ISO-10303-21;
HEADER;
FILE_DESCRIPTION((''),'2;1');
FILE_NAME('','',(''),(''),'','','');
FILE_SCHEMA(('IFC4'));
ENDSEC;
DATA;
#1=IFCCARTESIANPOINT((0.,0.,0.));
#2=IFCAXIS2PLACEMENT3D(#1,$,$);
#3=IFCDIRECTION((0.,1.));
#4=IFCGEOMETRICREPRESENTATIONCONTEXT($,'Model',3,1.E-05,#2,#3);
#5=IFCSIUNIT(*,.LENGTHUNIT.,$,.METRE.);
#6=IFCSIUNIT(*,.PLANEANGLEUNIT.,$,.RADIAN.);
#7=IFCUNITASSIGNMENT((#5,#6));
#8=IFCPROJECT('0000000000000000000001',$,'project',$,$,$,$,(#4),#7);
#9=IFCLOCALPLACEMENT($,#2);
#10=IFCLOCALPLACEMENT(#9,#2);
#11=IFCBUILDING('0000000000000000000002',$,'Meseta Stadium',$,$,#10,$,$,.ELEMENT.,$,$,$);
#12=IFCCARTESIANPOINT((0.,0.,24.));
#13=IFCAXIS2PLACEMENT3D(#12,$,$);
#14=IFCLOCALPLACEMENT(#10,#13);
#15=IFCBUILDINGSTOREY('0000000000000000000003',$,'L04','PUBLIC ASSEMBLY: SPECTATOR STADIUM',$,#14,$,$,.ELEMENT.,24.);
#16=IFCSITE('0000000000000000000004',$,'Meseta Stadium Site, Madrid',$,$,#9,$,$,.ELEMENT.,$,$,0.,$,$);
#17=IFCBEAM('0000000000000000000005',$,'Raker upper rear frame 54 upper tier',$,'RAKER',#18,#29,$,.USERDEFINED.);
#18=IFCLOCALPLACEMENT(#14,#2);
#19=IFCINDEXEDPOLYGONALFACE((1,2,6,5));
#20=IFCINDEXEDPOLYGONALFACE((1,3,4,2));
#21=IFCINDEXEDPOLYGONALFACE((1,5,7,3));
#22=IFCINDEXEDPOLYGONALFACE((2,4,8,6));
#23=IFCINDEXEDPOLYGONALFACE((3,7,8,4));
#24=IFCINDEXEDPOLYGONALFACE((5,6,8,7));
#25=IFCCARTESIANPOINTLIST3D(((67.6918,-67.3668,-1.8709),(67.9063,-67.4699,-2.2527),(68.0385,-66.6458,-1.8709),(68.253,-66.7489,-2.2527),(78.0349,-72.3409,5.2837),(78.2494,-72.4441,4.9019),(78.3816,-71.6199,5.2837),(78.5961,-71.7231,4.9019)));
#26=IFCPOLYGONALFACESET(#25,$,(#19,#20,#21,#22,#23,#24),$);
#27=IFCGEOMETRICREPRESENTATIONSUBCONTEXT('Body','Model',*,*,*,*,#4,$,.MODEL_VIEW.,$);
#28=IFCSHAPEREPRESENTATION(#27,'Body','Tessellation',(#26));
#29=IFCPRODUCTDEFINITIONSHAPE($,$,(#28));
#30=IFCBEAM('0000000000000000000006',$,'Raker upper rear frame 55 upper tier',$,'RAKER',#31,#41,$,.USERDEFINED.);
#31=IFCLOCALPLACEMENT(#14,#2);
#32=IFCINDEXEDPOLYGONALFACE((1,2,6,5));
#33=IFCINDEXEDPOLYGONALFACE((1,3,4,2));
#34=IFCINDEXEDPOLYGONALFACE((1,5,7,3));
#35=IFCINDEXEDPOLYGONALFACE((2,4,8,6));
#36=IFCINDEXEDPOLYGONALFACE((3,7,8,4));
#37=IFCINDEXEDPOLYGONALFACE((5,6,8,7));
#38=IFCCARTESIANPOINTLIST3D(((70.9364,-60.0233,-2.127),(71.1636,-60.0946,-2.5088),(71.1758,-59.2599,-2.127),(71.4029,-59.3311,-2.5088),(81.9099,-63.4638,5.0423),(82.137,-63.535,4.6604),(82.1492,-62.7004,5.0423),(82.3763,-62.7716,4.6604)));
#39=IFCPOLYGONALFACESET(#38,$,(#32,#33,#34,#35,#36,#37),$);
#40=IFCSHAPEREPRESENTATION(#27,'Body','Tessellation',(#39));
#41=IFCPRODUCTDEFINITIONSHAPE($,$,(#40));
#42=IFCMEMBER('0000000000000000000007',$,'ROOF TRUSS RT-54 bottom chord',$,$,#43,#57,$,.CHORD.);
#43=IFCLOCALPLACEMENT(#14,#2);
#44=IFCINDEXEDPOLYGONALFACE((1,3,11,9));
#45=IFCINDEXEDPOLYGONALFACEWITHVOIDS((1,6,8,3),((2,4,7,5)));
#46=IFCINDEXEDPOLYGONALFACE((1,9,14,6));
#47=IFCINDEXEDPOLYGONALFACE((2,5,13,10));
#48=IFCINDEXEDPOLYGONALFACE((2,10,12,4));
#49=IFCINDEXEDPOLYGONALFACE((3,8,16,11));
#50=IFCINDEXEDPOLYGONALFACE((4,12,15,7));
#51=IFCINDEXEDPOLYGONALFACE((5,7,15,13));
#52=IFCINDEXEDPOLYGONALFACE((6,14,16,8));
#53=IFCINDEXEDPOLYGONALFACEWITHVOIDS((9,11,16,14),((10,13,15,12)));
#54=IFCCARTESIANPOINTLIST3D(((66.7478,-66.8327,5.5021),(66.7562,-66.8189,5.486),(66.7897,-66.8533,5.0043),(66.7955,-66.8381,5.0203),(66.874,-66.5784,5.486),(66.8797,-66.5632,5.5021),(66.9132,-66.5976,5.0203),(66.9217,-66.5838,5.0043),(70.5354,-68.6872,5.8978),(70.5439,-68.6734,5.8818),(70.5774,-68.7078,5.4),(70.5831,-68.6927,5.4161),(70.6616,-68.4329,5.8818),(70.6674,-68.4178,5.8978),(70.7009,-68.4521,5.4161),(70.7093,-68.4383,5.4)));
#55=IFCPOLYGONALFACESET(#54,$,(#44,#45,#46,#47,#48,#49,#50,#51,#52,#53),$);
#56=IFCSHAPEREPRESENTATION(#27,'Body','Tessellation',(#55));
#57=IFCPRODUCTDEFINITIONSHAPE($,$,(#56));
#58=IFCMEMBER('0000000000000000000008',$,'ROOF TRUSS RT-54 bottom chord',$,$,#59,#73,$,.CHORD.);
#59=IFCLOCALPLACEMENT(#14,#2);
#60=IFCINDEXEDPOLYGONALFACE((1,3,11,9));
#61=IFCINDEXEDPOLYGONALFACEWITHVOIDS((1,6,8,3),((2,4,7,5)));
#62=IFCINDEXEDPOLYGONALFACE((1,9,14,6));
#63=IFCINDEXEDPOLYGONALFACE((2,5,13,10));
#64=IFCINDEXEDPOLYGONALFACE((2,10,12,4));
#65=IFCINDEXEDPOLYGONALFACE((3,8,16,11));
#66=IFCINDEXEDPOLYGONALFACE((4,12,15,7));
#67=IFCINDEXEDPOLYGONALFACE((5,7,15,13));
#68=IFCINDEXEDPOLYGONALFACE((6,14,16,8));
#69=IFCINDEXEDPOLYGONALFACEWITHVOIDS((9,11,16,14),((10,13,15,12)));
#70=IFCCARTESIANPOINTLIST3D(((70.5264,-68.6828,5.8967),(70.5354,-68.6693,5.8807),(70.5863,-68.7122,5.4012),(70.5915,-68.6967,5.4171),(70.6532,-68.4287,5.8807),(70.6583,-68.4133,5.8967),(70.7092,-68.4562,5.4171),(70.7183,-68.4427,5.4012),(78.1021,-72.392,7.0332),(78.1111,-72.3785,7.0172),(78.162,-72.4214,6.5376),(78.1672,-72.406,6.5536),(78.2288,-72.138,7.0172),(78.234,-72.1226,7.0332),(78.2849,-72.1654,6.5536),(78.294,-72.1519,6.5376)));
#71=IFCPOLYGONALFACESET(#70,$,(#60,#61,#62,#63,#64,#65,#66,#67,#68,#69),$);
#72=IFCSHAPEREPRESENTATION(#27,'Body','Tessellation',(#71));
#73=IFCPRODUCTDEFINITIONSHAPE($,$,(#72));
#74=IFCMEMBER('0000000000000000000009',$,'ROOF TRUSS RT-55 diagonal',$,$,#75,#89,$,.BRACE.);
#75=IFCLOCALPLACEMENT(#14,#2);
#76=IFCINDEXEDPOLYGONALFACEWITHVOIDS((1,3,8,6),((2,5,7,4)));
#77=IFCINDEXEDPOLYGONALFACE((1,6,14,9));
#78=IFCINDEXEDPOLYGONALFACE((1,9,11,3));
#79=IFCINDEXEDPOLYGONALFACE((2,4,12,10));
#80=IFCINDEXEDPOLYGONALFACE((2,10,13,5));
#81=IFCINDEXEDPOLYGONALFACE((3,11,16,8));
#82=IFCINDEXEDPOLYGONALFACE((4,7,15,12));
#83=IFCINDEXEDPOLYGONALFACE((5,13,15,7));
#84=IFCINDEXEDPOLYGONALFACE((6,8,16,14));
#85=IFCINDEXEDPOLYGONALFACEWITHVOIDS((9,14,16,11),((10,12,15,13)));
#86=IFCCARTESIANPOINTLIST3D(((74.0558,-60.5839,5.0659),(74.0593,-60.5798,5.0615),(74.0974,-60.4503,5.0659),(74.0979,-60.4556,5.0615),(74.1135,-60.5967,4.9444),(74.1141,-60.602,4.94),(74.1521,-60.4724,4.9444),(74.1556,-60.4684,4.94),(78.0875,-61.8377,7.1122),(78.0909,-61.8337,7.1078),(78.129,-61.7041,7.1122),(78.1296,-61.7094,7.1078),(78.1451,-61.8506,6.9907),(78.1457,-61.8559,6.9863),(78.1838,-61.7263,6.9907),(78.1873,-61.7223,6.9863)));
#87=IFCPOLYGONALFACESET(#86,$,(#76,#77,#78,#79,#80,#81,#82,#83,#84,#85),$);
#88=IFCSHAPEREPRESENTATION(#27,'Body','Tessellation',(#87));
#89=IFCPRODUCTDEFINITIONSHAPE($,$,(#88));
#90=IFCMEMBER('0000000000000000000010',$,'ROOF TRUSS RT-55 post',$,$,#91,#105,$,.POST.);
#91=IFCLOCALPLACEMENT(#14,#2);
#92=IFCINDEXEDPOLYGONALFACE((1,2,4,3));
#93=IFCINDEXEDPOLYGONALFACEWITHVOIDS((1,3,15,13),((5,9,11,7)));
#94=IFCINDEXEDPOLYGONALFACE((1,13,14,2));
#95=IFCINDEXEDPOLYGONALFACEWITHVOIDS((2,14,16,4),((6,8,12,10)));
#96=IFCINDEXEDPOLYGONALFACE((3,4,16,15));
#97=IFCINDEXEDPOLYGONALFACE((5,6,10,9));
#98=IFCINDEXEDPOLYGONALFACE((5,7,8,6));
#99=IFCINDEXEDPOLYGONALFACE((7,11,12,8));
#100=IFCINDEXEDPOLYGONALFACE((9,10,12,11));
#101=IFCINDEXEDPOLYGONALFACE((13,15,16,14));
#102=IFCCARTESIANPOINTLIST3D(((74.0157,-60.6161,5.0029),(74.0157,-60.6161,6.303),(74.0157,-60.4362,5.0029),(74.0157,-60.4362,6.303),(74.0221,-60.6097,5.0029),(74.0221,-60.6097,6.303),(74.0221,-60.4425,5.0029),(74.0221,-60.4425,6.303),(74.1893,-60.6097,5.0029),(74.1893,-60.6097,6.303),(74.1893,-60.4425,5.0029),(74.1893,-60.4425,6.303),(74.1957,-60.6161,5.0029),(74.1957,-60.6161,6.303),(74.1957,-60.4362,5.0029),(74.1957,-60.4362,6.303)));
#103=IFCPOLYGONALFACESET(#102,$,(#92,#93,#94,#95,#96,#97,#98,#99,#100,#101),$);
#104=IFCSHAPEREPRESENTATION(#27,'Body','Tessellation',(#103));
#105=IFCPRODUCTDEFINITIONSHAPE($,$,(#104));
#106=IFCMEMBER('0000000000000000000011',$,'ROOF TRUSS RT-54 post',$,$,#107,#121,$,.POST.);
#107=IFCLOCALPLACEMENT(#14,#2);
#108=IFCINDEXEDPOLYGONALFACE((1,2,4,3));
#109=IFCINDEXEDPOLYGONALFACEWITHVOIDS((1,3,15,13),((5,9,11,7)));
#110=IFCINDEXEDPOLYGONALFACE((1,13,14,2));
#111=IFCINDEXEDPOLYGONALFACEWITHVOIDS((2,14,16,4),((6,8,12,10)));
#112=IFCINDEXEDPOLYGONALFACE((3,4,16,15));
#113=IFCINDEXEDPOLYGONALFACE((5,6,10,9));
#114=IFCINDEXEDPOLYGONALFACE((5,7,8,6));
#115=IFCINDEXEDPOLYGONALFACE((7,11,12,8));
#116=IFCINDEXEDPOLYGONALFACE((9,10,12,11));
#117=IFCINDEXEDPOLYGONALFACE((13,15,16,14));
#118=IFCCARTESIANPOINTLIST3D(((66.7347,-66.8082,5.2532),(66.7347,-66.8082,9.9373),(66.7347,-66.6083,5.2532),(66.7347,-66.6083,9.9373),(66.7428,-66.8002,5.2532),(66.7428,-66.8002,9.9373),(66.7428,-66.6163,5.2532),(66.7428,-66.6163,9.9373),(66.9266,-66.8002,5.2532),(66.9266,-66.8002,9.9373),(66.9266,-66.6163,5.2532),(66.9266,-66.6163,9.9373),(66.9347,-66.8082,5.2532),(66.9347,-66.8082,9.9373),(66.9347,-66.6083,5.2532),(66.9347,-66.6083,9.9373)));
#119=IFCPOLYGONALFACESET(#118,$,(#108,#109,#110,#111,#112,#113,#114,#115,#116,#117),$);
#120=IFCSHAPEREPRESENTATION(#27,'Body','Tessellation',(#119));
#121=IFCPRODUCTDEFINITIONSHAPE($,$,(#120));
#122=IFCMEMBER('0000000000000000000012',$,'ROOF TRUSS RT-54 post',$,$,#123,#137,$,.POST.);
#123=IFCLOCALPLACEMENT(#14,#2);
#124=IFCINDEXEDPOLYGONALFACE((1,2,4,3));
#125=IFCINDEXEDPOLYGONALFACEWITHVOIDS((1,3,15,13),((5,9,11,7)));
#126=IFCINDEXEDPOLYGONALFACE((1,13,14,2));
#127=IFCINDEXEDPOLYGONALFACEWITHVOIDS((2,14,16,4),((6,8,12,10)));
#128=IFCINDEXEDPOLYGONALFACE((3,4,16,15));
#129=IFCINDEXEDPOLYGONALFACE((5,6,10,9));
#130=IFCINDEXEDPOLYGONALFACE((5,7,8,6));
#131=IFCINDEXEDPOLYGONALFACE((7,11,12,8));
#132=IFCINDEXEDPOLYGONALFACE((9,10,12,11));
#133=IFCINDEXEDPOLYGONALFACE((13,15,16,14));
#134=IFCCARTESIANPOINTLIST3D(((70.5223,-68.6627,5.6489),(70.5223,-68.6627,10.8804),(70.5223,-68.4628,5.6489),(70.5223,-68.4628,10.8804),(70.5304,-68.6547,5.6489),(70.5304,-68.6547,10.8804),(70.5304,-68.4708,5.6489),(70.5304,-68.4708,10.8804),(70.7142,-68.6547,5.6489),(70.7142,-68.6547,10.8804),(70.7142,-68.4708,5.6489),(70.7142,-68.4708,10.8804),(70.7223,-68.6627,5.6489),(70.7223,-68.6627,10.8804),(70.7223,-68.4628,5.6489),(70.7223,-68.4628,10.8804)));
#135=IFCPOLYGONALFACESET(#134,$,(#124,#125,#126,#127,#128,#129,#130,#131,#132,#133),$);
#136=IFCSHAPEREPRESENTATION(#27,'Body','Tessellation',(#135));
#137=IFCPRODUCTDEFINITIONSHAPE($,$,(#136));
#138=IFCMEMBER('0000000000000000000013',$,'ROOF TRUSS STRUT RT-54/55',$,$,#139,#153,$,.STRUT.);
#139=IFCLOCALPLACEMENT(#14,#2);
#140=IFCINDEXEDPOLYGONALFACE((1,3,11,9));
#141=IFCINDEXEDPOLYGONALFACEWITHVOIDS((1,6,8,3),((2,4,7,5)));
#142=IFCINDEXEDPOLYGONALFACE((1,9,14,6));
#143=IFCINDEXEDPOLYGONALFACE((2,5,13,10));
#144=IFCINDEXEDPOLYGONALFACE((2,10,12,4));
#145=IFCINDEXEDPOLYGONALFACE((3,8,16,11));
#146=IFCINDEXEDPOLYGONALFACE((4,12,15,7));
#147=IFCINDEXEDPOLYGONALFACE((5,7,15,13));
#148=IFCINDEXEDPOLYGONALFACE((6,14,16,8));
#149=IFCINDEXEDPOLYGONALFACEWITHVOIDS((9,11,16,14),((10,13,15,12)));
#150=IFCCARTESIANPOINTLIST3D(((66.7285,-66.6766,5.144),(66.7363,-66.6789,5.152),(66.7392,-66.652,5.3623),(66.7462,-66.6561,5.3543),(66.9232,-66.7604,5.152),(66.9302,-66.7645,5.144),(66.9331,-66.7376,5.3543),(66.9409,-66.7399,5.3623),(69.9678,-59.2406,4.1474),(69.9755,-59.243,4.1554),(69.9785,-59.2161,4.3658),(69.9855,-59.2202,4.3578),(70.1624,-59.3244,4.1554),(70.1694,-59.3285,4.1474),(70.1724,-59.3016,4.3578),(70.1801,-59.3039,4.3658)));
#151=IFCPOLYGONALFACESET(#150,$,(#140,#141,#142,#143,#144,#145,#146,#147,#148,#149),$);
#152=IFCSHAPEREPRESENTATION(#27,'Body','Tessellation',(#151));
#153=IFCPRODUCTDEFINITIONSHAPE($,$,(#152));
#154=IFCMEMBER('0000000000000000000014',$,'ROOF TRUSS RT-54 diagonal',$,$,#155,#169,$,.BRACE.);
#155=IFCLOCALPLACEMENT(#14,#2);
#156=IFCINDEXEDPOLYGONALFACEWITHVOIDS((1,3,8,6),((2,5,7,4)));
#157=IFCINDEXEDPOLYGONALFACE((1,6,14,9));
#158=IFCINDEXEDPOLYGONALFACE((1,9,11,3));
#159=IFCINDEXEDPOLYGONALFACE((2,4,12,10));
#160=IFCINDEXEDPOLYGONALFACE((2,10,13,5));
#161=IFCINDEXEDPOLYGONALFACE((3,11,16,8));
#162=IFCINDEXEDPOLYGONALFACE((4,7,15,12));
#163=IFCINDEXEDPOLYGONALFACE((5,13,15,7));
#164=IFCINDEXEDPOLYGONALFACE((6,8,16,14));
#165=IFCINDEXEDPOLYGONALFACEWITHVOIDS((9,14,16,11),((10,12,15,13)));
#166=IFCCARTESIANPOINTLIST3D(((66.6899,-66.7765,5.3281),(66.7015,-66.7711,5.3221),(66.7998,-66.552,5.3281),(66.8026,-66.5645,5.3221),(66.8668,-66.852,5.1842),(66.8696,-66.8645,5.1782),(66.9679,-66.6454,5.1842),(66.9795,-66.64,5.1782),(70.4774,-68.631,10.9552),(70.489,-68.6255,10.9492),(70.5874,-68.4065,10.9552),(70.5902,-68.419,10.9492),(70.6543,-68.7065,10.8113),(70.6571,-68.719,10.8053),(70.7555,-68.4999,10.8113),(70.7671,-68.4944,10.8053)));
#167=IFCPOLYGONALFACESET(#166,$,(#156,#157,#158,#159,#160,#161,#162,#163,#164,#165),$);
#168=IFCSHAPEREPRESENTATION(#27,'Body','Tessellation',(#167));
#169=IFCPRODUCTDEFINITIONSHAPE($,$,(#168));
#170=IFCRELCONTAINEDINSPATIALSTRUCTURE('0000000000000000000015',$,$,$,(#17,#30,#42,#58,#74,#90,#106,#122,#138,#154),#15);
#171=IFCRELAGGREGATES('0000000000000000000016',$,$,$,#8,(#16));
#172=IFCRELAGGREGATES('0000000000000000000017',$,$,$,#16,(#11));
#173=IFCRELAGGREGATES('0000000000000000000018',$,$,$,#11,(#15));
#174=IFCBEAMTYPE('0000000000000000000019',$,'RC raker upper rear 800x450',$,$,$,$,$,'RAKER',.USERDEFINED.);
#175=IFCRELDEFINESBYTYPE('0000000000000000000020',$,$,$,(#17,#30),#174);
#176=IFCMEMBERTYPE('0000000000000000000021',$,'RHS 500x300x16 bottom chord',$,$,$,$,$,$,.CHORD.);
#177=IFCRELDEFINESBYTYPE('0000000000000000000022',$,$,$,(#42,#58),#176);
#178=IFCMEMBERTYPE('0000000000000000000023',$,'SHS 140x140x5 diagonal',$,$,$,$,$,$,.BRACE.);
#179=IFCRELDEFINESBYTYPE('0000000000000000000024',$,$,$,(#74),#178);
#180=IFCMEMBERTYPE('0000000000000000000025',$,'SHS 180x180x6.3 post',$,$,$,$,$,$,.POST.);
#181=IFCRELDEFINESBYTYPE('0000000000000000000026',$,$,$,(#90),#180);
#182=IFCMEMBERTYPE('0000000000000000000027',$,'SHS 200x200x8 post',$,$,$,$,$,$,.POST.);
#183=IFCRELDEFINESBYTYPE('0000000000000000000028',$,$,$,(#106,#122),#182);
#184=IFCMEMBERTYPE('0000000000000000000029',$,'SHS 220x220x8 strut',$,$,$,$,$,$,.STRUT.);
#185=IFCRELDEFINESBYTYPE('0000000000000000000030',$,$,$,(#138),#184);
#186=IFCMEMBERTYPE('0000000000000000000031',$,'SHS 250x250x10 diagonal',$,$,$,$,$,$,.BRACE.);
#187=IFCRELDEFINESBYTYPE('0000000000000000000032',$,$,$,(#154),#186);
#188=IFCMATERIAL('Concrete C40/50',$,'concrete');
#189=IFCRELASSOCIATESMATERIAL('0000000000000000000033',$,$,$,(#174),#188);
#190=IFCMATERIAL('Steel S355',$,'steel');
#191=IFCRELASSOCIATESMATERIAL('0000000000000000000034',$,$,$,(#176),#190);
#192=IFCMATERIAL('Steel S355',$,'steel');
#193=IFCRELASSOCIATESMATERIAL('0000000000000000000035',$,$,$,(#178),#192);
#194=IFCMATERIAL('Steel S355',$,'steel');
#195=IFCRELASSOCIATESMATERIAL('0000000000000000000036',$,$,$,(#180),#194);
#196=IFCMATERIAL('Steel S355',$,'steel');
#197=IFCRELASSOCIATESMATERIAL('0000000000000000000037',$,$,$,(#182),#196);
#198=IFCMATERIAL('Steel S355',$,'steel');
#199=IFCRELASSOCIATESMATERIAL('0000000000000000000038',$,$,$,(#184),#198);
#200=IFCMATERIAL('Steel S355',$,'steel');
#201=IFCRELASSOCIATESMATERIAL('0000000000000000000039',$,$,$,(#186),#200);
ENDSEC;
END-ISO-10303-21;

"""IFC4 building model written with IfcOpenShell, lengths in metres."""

from ifc_helpers import new_model, si_unit, direction, frame, origin, origin_2d, place, context, subcontext, project, spatial, rectangle, hollow_rectangle, extrude, material, material_profile, profile_set, type_object, element, save


model = new_model("IFC4")

# Units and contexts
model_context = context("Model", 3, precision=1e-05, world=origin(), true_north=direction((0.0, 1.0)))
body_context = subcontext(model_context, "Body", "Model", "MODEL_VIEW")
ifc_project = project(units=[si_unit("LENGTHUNIT", "METRE"), si_unit("PLANEANGLEUNIT", "RADIAN")], contexts=[model_context])

# Site, building, storey
site_placement = place(None, origin())
site = spatial("IfcSite", under=ifc_project, at=site_placement, Name="Meseta Stadium Site, Madrid", CompositionType="ELEMENT", RefElevation=0.0)
building_placement = place(site_placement, origin())
building = spatial("IfcBuilding", under=site, at=building_placement, Name="Meseta Stadium", CompositionType="ELEMENT")
storey_placement = place(building_placement, frame((0.0, 0.0, 24.0)))
storey = spatial("IfcBuildingStorey", under=building, at=storey_placement, Name="L04", Description="PUBLIC ASSEMBLY: SPECTATOR STADIUM", CompositionType="ELEMENT", Elevation=24.0)

# Beams
ifc_material_1 = material(Name="Concrete C40/50", Category="concrete")
ifc_material_profile_1 = material_profile(ifc_material_1, rectangle(XDim=0.8, YDim=0.45, at=origin_2d()), Name="RC 800x450")
ifc_profile_set_1 = profile_set([ifc_material_profile_1], Name="Concrete C40/50")
beam_type = type_object("IfcBeamType", Name="RC raker upper rear 800x450", ElementType="RAKER", PredefinedType="USERDEFINED", material=ifc_profile_set_1)
beam_1_placement = place(storey_placement, frame((67.9724, -67.0579, -2.0618), z_axis=(0.764771, -0.367791, 0.529013), x_axis=(0.433402, 0.901201, 0.0)))
element("IfcBeam", 1, at=beam_1_placement, inside=storey, type_object=beam_type, Name="Raker upper rear frame 54 upper tier", ObjectType="RAKER", PredefinedType="USERDEFINED", context=body_context, shape_type="SweptSolid", body=[
    extrude(rectangle(XDim=0.8, YDim=0.45, at=origin_2d()), origin(), (0.0, 0.0, 1.0), 13.5244),
])
beam_2_placement = place(storey_placement, frame((71.1697, -59.6772, -2.3179), z_axis=(0.809741, -0.253874, 0.529024), x_axis=(0.299166, 0.954201, 0.0)))
element("IfcBeam", 2, at=beam_2_placement, inside=storey, type_object=beam_type, Name="Raker upper rear frame 55 upper tier", ObjectType="RAKER", PredefinedType="USERDEFINED", context=body_context, shape_type="SweptSolid", body=[
    extrude(rectangle(XDim=0.8, YDim=0.45, at=origin_2d()), origin(), (0.0, 0.0, 1.0), 13.5518),
])

# Members
ifc_material_2 = material(Name="Steel S355", Category="steel")
ifc_material_profile_2 = material_profile(ifc_material_2, hollow_rectangle(XDim=0.3, YDim=0.5, WallThickness=0.0161, at=origin_2d()), Name="RHS 500x300x16")
ifc_profile_set_2 = profile_set([ifc_material_profile_2], Name="Steel S355")
member_type_1 = type_object("IfcMemberType", Name="RHS 500x300x16 bottom chord", PredefinedType="CHORD", material=ifc_profile_set_2)
member_1_placement = place(storey_placement, frame((66.8347, -66.7083, 5.2532), z_axis=(0.894196, -0.437818, 0.093431), x_axis=(0.439742, 0.898124, 0.0)))
element("IfcMember", 3, at=member_1_placement, inside=storey, type_object=member_type_1, Name="ROOF TRUSS RT-54 bottom chord", PredefinedType="CHORD", context=body_context, shape_type="SweptSolid", body=[
    extrude(hollow_rectangle(XDim=0.3, YDim=0.5, WallThickness=0.0161, at=origin_2d()), origin(), (0.0, 0.0, 1.0), 4.2358),
])
member_2_placement = place(storey_placement, frame((70.6223, -68.5627, 5.6489), z_axis=(0.890082, -0.435804, 0.133527), x_axis=(0.439742, 0.898124, 0.0)))
element("IfcMember", 4, at=member_2_placement, inside=storey, type_object=member_type_1, Name="ROOF TRUSS RT-54 bottom chord", PredefinedType="CHORD", context=body_context, shape_type="SweptSolid", body=[
    extrude(hollow_rectangle(XDim=0.3, YDim=0.5, WallThickness=0.0161, at=origin_2d()), origin(), (0.0, 0.0, 1.0), 8.5112),
])
ifc_material_3 = material(Name="Steel S355", Category="steel")
ifc_material_profile_3 = material_profile(ifc_material_3, hollow_rectangle(XDim=0.1399, YDim=0.1399, WallThickness=0.0049, at=origin_2d()), Name="SHS 140x140x5")
ifc_profile_set_3 = profile_set([ifc_material_profile_3], Name="Steel S355")
member_type_2 = type_object("IfcMemberType", Name="SHS 140x140x5 diagonal", PredefinedType="BRACE", material=ifc_profile_set_3)
member_3_placement = place(storey_placement, frame((74.1057, -60.5261, 5.0029), z_axis=(0.859279, -0.267243, 0.436144), x_axis=(0.296978, 0.954884, 0.0)))
element("IfcMember", 5, at=member_3_placement, inside=storey, type_object=member_type_2, Name="ROOF TRUSS RT-55 diagonal", PredefinedType="BRACE", context=body_context, shape_type="SweptSolid", body=[
    extrude(hollow_rectangle(XDim=0.1399, YDim=0.1399, WallThickness=0.0049, at=origin_2d()), origin(), (0.0, 0.0, 1.0), 4.6919),
])
ifc_material_4 = material(Name="Steel S355", Category="steel")
ifc_material_profile_4 = material_profile(ifc_material_4, hollow_rectangle(XDim=0.1799, YDim=0.1799, WallThickness=0.0063, at=origin_2d()), Name="SHS 180x180x6.3")
ifc_profile_set_4 = profile_set([ifc_material_profile_4], Name="Steel S355")
member_type_3 = type_object("IfcMemberType", Name="SHS 180x180x6.3 post", PredefinedType="POST", material=ifc_profile_set_4)
member_4_placement = place(storey_placement, frame((74.1057, -60.5261, 5.0029), z_axis=(0.0, 0.0, 1.0), x_axis=(1.0, 0.0, 0.0)))
element("IfcMember", 6, at=member_4_placement, inside=storey, type_object=member_type_3, Name="ROOF TRUSS RT-55 post", PredefinedType="POST", context=body_context, shape_type="SweptSolid", body=[
    extrude(hollow_rectangle(XDim=0.1799, YDim=0.1799, WallThickness=0.0063, at=origin_2d()), origin(), (0.0, 0.0, 1.0), 1.3),
])
ifc_material_5 = material(Name="Steel S355", Category="steel")
ifc_material_profile_5 = material_profile(ifc_material_5, hollow_rectangle(XDim=0.2, YDim=0.2, WallThickness=0.0081, at=origin_2d()), Name="SHS 200x200x8")
ifc_profile_set_5 = profile_set([ifc_material_profile_5], Name="Steel S355")
member_type_4 = type_object("IfcMemberType", Name="SHS 200x200x8 post", PredefinedType="POST", material=ifc_profile_set_5)
member_5_placement = place(storey_placement, frame((66.8347, -66.7083, 5.2532), z_axis=(0.0, 0.0, 1.0), x_axis=(1.0, 0.0, 0.0)))
element("IfcMember", 7, at=member_5_placement, inside=storey, type_object=member_type_4, Name="ROOF TRUSS RT-54 post", PredefinedType="POST", context=body_context, shape_type="SweptSolid", body=[
    extrude(hollow_rectangle(XDim=0.2, YDim=0.2, WallThickness=0.0081, at=origin_2d()), origin(), (0.0, 0.0, 1.0), 4.6841),
])
member_6_placement = place(storey_placement, frame((70.6223, -68.5627, 5.6489), z_axis=(0.0, 0.0, 1.0), x_axis=(1.0, 0.0, 0.0)))
element("IfcMember", 8, at=member_6_placement, inside=storey, type_object=member_type_4, Name="ROOF TRUSS RT-54 post", PredefinedType="POST", context=body_context, shape_type="SweptSolid", body=[
    extrude(hollow_rectangle(XDim=0.2, YDim=0.2, WallThickness=0.0081, at=origin_2d()), origin(), (0.0, 0.0, 1.0), 5.2314),
])
ifc_material_6 = material(Name="Steel S355", Category="steel")
ifc_material_profile_6 = material_profile(ifc_material_6, hollow_rectangle(XDim=0.22, YDim=0.22, WallThickness=0.0081, at=origin_2d()), Name="SHS 220x220x8")
ifc_profile_set_6 = profile_set([ifc_material_profile_6], Name="Steel S355")
member_type_5 = type_object("IfcMemberType", Name="SHS 220x220x8 strut", PredefinedType="STRUT", material=ifc_profile_set_6)
member_7_placement = place(storey_placement, frame((66.8347, -66.7083, 5.2532), z_axis=(0.396388, 0.909947, -0.121952), x_axis=(-0.91679, 0.399369, 0.0)))
element("IfcMember", 9, at=member_7_placement, inside=storey, type_object=member_type_5, Name="ROOF TRUSS STRUT RT-54/55", PredefinedType="STRUT", context=body_context, shape_type="SweptSolid", body=[
    extrude(hollow_rectangle(XDim=0.22, YDim=0.22, WallThickness=0.0081, at=origin_2d()), origin(), (0.0, 0.0, 1.0), 8.1719),
])
ifc_material_7 = material(Name="Steel S355", Category="steel")
ifc_material_profile_7 = material_profile(ifc_material_7, hollow_rectangle(XDim=0.25, YDim=0.25, WallThickness=0.01, at=origin_2d()), Name="SHS 250x250x10")
ifc_profile_set_7 = profile_set([ifc_material_profile_7], Name="Steel S355")
member_type_6 = type_object("IfcMemberType", Name="SHS 250x250x10 diagonal", PredefinedType="BRACE", material=ifc_profile_set_7)
member_8_placement = place(storey_placement, frame((66.8347, -66.7083, 5.2532), z_axis=(0.538616, -0.263718, 0.800216), x_axis=(0.439742, 0.898124, 0.0)))
element("IfcMember", 10, at=member_8_placement, inside=storey, type_object=member_type_6, Name="ROOF TRUSS RT-54 diagonal", PredefinedType="BRACE", context=body_context, shape_type="SweptSolid", body=[
    extrude(hollow_rectangle(XDim=0.25, YDim=0.25, WallThickness=0.01, at=origin_2d()), origin(), (0.0, 0.0, 1.0), 7.032),
])

save(model, "model.ifc")
